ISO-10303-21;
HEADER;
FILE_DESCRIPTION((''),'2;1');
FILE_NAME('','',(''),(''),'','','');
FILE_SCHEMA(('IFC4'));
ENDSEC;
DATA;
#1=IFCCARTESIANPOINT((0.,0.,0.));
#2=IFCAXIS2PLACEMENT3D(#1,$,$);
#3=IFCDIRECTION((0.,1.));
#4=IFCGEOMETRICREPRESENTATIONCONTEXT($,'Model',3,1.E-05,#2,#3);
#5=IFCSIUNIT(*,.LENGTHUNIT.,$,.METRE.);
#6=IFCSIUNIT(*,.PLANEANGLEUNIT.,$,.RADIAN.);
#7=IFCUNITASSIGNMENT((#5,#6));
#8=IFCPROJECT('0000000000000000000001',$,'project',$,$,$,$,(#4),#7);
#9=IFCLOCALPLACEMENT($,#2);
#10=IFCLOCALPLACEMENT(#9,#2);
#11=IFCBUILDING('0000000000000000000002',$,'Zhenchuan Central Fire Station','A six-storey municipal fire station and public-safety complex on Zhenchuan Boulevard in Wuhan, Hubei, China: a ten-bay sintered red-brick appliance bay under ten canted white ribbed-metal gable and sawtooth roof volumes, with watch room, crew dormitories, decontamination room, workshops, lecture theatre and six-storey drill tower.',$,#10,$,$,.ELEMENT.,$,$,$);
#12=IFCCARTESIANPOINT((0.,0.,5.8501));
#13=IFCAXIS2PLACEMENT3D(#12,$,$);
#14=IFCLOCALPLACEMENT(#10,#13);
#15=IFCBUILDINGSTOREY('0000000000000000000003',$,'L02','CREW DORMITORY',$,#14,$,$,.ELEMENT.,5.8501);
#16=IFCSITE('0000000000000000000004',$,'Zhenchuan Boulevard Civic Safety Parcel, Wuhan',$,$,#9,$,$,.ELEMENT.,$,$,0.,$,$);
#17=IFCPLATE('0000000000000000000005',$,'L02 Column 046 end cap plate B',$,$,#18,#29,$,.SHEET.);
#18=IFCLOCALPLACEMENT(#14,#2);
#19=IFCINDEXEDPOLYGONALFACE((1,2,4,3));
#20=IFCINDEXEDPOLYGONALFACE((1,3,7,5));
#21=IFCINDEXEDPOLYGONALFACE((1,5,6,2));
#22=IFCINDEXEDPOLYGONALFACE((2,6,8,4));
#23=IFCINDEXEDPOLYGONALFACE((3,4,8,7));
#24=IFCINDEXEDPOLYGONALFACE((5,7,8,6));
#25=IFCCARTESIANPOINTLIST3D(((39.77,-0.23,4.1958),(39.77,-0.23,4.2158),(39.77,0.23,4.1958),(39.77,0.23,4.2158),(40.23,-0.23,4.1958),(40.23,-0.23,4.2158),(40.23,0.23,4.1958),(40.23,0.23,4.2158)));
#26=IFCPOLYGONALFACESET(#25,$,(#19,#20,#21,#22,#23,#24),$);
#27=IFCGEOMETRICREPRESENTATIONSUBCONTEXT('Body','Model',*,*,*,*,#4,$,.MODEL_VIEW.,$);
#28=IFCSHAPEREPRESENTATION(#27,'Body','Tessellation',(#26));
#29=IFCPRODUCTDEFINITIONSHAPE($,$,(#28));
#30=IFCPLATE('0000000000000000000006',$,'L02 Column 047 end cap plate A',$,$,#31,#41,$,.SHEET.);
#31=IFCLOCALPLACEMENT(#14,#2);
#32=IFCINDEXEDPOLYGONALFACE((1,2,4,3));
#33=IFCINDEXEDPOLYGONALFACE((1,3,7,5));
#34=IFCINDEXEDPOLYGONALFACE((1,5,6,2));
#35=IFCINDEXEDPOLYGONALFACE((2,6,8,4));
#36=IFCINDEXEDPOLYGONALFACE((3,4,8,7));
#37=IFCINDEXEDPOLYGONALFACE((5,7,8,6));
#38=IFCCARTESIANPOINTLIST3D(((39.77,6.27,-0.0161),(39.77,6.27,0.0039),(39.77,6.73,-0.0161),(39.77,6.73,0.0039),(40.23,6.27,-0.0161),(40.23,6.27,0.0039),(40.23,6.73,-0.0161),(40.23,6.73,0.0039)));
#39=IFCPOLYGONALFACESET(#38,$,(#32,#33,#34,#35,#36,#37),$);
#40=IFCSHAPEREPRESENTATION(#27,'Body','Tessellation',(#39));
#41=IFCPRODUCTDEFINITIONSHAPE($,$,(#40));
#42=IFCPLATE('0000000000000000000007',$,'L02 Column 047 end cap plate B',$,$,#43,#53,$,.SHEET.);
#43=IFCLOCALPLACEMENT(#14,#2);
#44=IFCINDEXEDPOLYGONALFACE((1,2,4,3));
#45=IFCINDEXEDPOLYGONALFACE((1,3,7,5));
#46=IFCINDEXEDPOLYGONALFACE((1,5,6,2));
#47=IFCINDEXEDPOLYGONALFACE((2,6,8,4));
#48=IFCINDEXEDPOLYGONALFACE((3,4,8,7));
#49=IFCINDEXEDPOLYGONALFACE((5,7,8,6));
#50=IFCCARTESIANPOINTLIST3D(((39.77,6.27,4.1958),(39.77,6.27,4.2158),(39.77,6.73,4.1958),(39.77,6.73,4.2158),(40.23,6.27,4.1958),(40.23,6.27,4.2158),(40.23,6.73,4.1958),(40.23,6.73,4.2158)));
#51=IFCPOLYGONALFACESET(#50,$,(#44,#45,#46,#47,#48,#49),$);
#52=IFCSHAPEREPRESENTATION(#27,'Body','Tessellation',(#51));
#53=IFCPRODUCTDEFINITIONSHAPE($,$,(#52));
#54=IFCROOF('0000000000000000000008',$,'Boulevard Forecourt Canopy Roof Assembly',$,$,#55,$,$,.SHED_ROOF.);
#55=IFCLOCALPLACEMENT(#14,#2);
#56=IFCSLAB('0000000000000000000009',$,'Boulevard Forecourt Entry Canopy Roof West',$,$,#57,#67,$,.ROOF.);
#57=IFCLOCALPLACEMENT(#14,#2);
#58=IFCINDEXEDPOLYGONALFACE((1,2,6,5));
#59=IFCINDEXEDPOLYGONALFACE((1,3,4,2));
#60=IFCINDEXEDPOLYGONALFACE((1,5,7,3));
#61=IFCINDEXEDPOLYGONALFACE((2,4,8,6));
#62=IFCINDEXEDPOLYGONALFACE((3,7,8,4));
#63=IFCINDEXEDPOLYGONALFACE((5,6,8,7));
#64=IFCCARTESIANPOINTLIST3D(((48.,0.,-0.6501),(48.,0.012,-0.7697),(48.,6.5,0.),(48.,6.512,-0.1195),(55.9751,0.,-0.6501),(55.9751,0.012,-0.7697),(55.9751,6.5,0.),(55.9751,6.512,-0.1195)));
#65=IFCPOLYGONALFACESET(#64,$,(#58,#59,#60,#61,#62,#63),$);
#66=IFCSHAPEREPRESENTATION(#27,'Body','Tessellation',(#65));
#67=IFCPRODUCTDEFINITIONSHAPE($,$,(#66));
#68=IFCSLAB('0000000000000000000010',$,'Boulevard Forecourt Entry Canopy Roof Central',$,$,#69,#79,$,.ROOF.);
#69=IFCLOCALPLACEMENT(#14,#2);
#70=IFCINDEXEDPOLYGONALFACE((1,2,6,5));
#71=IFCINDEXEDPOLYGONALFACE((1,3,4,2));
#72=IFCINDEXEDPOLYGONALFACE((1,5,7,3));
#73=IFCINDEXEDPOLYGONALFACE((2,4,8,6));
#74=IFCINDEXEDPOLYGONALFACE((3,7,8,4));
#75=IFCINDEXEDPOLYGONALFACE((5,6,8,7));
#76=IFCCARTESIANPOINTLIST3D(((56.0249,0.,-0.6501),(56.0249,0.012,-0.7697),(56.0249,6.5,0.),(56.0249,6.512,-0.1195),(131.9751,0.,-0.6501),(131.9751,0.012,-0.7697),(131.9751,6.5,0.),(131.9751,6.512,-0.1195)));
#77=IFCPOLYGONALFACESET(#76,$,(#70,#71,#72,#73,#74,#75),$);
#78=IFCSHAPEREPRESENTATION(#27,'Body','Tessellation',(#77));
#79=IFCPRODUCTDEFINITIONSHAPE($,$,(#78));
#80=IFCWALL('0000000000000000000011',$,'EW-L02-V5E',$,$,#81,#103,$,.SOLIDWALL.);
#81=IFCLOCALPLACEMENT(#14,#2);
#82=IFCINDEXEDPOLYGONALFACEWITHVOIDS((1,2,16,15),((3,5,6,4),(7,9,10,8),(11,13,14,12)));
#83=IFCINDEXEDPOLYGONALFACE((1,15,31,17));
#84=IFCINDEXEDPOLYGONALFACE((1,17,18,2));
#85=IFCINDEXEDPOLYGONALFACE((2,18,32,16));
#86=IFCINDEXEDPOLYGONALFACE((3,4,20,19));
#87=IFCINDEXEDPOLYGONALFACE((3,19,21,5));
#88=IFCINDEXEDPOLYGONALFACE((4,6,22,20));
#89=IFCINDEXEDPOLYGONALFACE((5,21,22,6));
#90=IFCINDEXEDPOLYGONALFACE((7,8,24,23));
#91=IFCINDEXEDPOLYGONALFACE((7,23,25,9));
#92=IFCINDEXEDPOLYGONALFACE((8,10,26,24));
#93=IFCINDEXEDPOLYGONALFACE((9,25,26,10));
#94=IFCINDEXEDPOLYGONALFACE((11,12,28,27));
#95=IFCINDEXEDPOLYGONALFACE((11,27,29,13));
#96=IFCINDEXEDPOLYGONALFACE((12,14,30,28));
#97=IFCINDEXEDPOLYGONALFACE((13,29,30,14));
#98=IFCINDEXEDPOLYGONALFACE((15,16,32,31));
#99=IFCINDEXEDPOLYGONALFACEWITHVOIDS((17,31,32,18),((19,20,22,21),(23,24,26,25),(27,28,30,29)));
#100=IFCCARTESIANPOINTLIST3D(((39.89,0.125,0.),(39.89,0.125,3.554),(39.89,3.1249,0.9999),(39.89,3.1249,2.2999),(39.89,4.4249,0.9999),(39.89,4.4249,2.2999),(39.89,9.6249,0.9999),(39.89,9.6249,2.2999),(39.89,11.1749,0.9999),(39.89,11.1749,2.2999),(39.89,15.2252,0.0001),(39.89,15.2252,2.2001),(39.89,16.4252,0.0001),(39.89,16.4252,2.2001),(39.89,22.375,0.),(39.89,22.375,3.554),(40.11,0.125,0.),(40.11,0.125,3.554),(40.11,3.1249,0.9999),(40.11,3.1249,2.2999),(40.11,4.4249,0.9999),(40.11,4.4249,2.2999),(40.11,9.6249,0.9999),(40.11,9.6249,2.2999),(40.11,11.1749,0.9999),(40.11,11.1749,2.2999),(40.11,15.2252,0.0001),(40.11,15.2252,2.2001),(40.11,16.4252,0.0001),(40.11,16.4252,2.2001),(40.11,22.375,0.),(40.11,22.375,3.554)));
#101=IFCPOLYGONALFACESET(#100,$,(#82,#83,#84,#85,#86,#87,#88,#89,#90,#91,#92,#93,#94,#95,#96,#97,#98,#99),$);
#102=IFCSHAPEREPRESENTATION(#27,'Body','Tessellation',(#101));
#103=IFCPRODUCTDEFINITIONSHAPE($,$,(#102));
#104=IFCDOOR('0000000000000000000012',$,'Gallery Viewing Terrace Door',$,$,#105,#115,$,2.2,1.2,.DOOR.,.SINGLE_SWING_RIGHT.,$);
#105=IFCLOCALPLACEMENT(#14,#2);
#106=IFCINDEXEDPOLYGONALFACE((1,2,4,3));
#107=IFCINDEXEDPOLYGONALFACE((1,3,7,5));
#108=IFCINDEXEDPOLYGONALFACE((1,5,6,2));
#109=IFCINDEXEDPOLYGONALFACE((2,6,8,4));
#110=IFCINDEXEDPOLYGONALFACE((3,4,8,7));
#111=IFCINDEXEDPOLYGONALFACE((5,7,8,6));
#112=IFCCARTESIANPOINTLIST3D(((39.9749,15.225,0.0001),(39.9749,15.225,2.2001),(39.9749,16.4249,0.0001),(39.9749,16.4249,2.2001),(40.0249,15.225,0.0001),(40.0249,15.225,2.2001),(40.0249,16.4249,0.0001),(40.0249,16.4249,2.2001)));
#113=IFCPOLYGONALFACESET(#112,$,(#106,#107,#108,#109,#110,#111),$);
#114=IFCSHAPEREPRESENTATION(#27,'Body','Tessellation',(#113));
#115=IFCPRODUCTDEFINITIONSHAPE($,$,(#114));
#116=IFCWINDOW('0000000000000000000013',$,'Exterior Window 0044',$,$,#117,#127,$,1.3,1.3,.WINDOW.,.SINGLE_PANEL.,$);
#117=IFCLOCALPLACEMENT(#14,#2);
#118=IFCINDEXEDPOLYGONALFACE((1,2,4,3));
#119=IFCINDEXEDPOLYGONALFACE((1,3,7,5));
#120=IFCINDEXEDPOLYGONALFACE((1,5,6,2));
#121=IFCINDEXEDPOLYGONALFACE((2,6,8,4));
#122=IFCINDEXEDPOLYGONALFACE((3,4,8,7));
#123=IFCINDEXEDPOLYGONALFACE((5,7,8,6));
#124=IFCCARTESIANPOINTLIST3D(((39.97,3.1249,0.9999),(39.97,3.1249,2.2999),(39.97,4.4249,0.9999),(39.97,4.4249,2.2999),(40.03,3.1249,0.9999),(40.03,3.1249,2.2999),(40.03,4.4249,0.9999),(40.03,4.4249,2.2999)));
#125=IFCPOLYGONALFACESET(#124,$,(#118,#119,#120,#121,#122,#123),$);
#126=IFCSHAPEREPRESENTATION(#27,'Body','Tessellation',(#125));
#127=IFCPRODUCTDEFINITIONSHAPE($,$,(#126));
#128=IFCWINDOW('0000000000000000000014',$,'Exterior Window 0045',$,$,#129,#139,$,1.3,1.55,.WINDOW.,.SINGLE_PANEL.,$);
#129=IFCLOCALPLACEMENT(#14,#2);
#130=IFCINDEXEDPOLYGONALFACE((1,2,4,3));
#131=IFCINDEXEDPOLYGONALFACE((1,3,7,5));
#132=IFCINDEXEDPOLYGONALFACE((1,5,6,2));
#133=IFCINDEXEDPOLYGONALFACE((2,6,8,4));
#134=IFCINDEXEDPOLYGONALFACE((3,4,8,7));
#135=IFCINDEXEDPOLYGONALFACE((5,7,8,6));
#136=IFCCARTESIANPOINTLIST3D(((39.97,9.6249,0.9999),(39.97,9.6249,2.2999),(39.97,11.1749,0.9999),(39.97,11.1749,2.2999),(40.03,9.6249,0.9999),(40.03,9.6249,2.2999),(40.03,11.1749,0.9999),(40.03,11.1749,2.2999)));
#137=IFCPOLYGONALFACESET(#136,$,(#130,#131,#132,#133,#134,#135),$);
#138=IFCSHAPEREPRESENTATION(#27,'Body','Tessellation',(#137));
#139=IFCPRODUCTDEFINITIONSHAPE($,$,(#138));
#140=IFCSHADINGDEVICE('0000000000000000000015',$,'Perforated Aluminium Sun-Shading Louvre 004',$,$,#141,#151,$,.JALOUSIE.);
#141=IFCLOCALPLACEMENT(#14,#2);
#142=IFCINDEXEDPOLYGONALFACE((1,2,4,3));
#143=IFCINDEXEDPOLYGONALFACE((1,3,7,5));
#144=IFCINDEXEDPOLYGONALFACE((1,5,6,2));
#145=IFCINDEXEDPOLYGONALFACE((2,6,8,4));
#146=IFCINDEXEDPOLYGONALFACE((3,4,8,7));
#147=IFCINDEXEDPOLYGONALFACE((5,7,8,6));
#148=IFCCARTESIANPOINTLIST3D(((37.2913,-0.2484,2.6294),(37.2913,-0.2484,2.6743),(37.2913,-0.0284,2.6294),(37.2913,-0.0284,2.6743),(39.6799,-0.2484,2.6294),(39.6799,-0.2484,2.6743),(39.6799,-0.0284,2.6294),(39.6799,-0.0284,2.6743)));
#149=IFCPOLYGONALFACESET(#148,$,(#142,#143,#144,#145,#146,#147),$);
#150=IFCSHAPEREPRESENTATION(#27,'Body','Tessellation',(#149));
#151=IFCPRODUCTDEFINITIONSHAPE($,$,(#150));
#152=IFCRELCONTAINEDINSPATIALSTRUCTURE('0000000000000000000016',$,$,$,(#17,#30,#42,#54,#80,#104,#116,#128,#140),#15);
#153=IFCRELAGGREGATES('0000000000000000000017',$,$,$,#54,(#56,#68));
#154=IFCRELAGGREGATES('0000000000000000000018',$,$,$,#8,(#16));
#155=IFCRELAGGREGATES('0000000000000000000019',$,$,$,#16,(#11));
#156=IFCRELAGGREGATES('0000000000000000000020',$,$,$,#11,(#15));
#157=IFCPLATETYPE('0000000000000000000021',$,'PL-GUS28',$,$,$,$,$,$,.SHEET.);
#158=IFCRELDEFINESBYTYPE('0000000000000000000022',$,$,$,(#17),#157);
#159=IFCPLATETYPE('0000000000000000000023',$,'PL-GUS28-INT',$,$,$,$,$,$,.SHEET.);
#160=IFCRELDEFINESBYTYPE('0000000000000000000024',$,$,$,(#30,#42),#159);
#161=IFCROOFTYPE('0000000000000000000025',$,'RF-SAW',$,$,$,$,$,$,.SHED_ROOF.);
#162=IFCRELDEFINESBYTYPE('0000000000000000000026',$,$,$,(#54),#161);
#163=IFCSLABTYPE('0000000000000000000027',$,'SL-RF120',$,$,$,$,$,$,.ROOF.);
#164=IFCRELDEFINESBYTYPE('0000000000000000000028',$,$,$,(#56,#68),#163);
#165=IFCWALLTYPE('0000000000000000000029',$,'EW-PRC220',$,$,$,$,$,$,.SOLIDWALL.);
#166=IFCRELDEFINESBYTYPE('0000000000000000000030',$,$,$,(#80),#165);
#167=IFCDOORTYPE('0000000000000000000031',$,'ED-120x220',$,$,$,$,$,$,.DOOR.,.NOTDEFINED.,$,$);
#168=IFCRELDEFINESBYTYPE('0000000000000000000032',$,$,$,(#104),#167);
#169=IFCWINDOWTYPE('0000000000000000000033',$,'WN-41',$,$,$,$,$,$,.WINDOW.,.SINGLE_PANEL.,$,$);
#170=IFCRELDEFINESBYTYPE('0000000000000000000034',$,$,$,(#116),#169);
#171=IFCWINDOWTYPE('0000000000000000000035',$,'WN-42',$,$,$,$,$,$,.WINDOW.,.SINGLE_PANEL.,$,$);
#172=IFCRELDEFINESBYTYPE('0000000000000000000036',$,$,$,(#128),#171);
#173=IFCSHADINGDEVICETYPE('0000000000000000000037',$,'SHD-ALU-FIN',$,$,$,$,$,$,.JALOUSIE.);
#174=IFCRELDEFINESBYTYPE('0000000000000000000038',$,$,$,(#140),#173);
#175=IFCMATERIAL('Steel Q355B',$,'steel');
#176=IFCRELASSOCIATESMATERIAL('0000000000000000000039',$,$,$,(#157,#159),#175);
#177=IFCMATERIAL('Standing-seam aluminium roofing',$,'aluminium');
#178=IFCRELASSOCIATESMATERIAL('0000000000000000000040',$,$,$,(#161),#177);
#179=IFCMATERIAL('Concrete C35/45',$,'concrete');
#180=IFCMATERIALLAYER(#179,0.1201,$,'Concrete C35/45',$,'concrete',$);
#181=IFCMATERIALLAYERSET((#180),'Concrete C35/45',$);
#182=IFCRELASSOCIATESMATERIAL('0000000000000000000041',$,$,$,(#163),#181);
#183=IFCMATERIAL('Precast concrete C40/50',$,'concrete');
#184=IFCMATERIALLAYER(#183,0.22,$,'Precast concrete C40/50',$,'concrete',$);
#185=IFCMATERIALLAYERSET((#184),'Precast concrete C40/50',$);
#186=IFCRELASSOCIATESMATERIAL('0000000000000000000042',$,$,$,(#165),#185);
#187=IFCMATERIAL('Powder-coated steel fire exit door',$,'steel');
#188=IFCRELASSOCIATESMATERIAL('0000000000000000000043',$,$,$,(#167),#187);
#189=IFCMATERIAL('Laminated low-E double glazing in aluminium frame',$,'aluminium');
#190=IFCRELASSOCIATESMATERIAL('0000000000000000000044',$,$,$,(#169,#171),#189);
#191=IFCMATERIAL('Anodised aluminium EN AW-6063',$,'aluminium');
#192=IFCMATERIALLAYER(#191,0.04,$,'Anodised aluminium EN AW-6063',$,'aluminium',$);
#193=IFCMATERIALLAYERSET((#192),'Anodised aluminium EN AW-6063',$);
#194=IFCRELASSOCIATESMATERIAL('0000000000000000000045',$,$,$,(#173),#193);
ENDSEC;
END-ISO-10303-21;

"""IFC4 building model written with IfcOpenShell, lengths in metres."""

from ifc_helpers import new_model, si_unit, direction, frame, frame_2d, origin, origin_2d, place, context, subcontext, project, spatial, polyline, rectangle, outline, extrude, material, layer, layer_set, material_profile, profile_set, type_object, element, fill, aggregate, save


model = new_model("IFC4")

# Units and contexts
model_context = context("Model", 3, precision=1e-05, world=origin(), true_north=direction((0.0, 1.0)))
body_context = subcontext(model_context, "Body", "Model", "MODEL_VIEW")
ifc_project = project(units=[si_unit("LENGTHUNIT", "METRE"), si_unit("PLANEANGLEUNIT", "RADIAN")], contexts=[model_context])

# Site, building, storey
site_placement = place(None, origin())
site = spatial("IfcSite", under=ifc_project, at=site_placement, Name="Zhenchuan Boulevard Civic Safety Parcel, Wuhan", CompositionType="ELEMENT", RefElevation=0.0)
building_placement = place(site_placement, origin())
building = spatial("IfcBuilding", under=site, at=building_placement, Name="Zhenchuan Central Fire Station", Description="A six-storey municipal fire station and public-safety complex on Zhenchuan Boulevard in Wuhan, Hubei, China: a ten-bay sintered red-brick appliance bay under ten canted white ribbed-metal gable and sawtooth roof volumes, with watch room, crew dormitories, decontamination room, workshops, lecture theatre and six-storey drill tower.", CompositionType="ELEMENT")
storey_placement = place(building_placement, frame((0.0, 0.0, 5.8501)))
storey = spatial("IfcBuildingStorey", under=building, at=storey_placement, Name="L02", Description="CREW DORMITORY", CompositionType="ELEMENT", Elevation=5.8501)

# Shared definitions
ifc_material_1 = material(Name="Steel Q355B", Category="steel")

# Shared definitions
ifc_material_2 = material(Name="Anodised aluminium EN AW-6063", Category="aluminium")

# Plates
ifc_material_profile_1 = material_profile(ifc_material_1, rectangle(XDim=0.46, YDim=0.46, at=origin_2d()), Name="PL 460x460x28")
ifc_profile_set_1 = profile_set([ifc_material_profile_1], Name="Steel Q355B")
plate_type_1 = type_object("IfcPlateType", Name="PL-GUS28", PredefinedType="SHEET", material=ifc_profile_set_1)
for number, where, z_axis, x_axis, name in (
    (1, (40.0, 0.0, 4.1958), (0.0, 0.0, 1.0), (1.0, 0.0, 0.0), "L02 Column 046 end cap plate B"),
):
    element("IfcPlate", number, at=place(storey_placement, frame(where, z_axis=z_axis, x_axis=x_axis)), inside=storey, type_object=plate_type_1, Name=name, PredefinedType="SHEET", context=body_context, shape_type="SweptSolid", body=[
        extrude(rectangle(XDim=0.46, YDim=0.46, at=origin_2d()), origin(), (0.0, 0.0, 1.0), 0.02),
    ])
ifc_material_profile_2 = material_profile(ifc_material_1, rectangle(XDim=0.46, YDim=0.46, at=origin_2d()), Name="PL 460x460x28")
ifc_profile_set_2 = profile_set([ifc_material_profile_2], Name="Steel Q355B")
plate_type_2 = type_object("IfcPlateType", Name="PL-GUS28-INT", PredefinedType="SHEET", material=ifc_profile_set_2)
for number, where, z_axis, x_axis, name in (
    (2, (40.0, 6.5, -0.0161), (0.0, 0.0, 1.0), (1.0, 0.0, 0.0), "L02 Column 047 end cap plate A"),
    (3, (40.0, 6.5, 4.1958), (0.0, 0.0, 1.0), (1.0, 0.0, 0.0), "L02 Column 047 end cap plate B"),
):
    element("IfcPlate", number, at=place(storey_placement, frame(where, z_axis=z_axis, x_axis=x_axis)), inside=storey, type_object=plate_type_2, Name=name, PredefinedType="SHEET", context=body_context, shape_type="SweptSolid", body=[
        extrude(rectangle(XDim=0.46, YDim=0.46, at=origin_2d()), origin(), (0.0, 0.0, 1.0), 0.02),
    ])

# Roof, slabs
ifc_material_3 = material(Name="Standing-seam aluminium roofing", Category="aluminium")
roof_type = type_object("IfcRoofType", Name="RF-SAW", PredefinedType="SHED_ROOF", material=ifc_material_3)
roof_placement = place(storey_placement, origin())
roof = element("IfcRoof", 4, at=roof_placement, inside=storey, type_object=roof_type, Name="Boulevard Forecourt Canopy Roof Assembly", PredefinedType="SHED_ROOF")
ifc_material_4 = material(Name="Concrete C35/45", Category="concrete")
ifc_layer_1 = layer(ifc_material_4, 0.1201, Name="Concrete C35/45", Category="concrete")
ifc_layer_set_1 = layer_set([ifc_layer_1], Name="Concrete C35/45")
slab_type = type_object("IfcSlabType", Name="SL-RF120", PredefinedType="ROOF", material=ifc_layer_set_1)
slab_1_placement = place(storey_placement, frame((48.0, 0.0, -0.6501), z_axis=(0.0, -0.099526, 0.995035), x_axis=(1.0, 0.0, 0.0)))
slab_1 = element("IfcSlab", 5, at=slab_1_placement, type_object=slab_type, Name="Boulevard Forecourt Entry Canopy Roof West", PredefinedType="ROOF", context=body_context, shape_type="SweptSolid", body=[
    extrude(outline(polyline([(0.0, 0.0), (7.9751, 0.0), (7.9751, 6.5324), (0.0, 6.5324), (0.0, 0.0)])), origin(), (0.0, 0.0, -1.0), 0.1201),
])
slab_2_placement = place(storey_placement, frame((56.0249, 0.0, -0.6501), z_axis=(0.0, -0.099526, 0.995035), x_axis=(1.0, 0.0, 0.0)))
slab_2 = element("IfcSlab", 6, at=slab_2_placement, type_object=slab_type, Name="Boulevard Forecourt Entry Canopy Roof Central", PredefinedType="ROOF", context=body_context, shape_type="SweptSolid", body=[
    extrude(outline(polyline([(0.0, 0.0), (75.9502, 0.0), (75.9502, 6.5324), (0.0, 6.5324), (0.0, 0.0)])), origin(), (0.0, 0.0, -1.0), 0.1201),
])
aggregate(roof, [slab_1, slab_2])

# Wall, openings, door, windows
ifc_material_5 = material(Name="Precast concrete C40/50", Category="concrete")
ifc_layer_2 = layer(ifc_material_5, 0.22, Name="Precast concrete C40/50", Category="concrete")
ifc_layer_set_2 = layer_set([ifc_layer_2], Name="Precast concrete C40/50")
wall_type = type_object("IfcWallType", Name="EW-PRC220", PredefinedType="SOLIDWALL", material=ifc_layer_set_2)
wall_placement = place(storey_placement, frame((40.0, 0.125, 0.0), z_axis=(0.0, 0.0, 1.0), x_axis=(0.0, 1.0, 0.0)))
wall = element("IfcWall", 7, at=wall_placement, inside=storey, type_object=wall_type, Name="EW-L02-V5E", PredefinedType="SOLIDWALL", context=body_context, shape_type="SweptSolid", body=[
    extrude(rectangle(XDim=22.25, YDim=0.22, at=frame_2d((11.125, 0.0))), origin(), (0.0, 0.0, 1.0), 3.554),
])
opening_1_placement = place(wall_placement, frame((15.1001, 0.0, 0.0)))
opening_1 = element("IfcOpeningElement", 8, at=opening_1_placement, cuts=wall, PredefinedType="OPENING", context=body_context, shape_type="SweptSolid", body=[
    extrude(rectangle(XDim=1.2, YDim=2.2, at=frame_2d((0.6001, 1.1001))), frame((0.0, 0.1199, 0.0), z_axis=(0.0, -1.0, 0.0), x_axis=(1.0, 0.0, 0.0)), (0.0, 0.0, 1.0), 0.24),
])
opening_2_placement = place(wall_placement, frame((3.0, 0.0, 1.0)))
opening_2 = element("IfcOpeningElement", 9, at=opening_2_placement, cuts=wall, PredefinedType="OPENING", context=body_context, shape_type="SweptSolid", body=[
    extrude(rectangle(XDim=1.3, YDim=1.3, at=frame_2d((0.6499, 0.6499))), frame((0.0, 0.1199, 0.0), z_axis=(0.0, -1.0, 0.0), x_axis=(1.0, 0.0, 0.0)), (0.0, 0.0, 1.0), 0.24),
])
opening_3_placement = place(wall_placement, frame((9.5, 0.0, 1.0)))
opening_3 = element("IfcOpeningElement", 10, at=opening_3_placement, cuts=wall, PredefinedType="OPENING", context=body_context, shape_type="SweptSolid", body=[
    extrude(rectangle(XDim=1.55, YDim=1.3, at=frame_2d((0.7749, 0.6499))), frame((0.0, 0.1199, 0.0), z_axis=(0.0, -1.0, 0.0), x_axis=(1.0, 0.0, 0.0)), (0.0, 0.0, 1.0), 0.24),
])
ifc_material_6 = material(Name="Powder-coated steel fire exit door", Category="steel")
door_type = type_object("IfcDoorType", Name="ED-120x220", OperationType="NOTDEFINED", PredefinedType="DOOR", material=ifc_material_6)
door_placement = place(opening_1_placement, frame((1.2, 0.0, 0.0), z_axis=(0.0, 0.0, 1.0), x_axis=(-1.0, 0.0, 0.0)))
door = element("IfcDoor", 11, at=door_placement, inside=storey, type_object=door_type, Name="Gallery Viewing Terrace Door", OperationType="SINGLE_SWING_RIGHT", OverallHeight=2.2, OverallWidth=1.2, PredefinedType="DOOR", context=body_context, shape_type="SweptSolid", body=[
    extrude(rectangle(XDim=1.2, YDim=2.2, at=frame_2d((0.6001, 1.1001))), frame((0.0, 0.0249, 0.0), z_axis=(0.0, -1.0, 0.0), x_axis=(1.0, 0.0, 0.0)), (0.0, 0.0, 1.0), 0.05),
])
fill(opening_1, door)
ifc_material_7 = material(Name="Laminated low-E double glazing in aluminium frame", Category="aluminium")
window_type_1 = type_object("IfcWindowType", Name="WN-41", PartitioningType="SINGLE_PANEL", PredefinedType="WINDOW", material=ifc_material_7)
window_1_placement = place(opening_2_placement, origin())
window_1 = element("IfcWindow", 12, at=window_1_placement, inside=storey, type_object=window_type_1, Name="Exterior Window 0044", OverallHeight=1.3, OverallWidth=1.3, PartitioningType="SINGLE_PANEL", PredefinedType="WINDOW", context=body_context, shape_type="SweptSolid", body=[
    extrude(rectangle(XDim=1.3, YDim=1.3, at=frame_2d((0.6499, 0.6499))), frame((0.0, 0.03, 0.0), z_axis=(0.0, -1.0, 0.0), x_axis=(1.0, 0.0, 0.0)), (0.0, 0.0, 1.0), 0.0601),
])
fill(opening_2, window_1)
window_type_2 = type_object("IfcWindowType", Name="WN-42", PartitioningType="SINGLE_PANEL", PredefinedType="WINDOW", material=ifc_material_7)
window_2_placement = place(opening_3_placement, origin())
window_2 = element("IfcWindow", 13, at=window_2_placement, inside=storey, type_object=window_type_2, Name="Exterior Window 0045", OverallHeight=1.3, OverallWidth=1.55, PartitioningType="SINGLE_PANEL", PredefinedType="WINDOW", context=body_context, shape_type="SweptSolid", body=[
    extrude(rectangle(XDim=1.55, YDim=1.3, at=frame_2d((0.7749, 0.6499))), frame((0.0, 0.03, 0.0), z_axis=(0.0, -1.0, 0.0), x_axis=(1.0, 0.0, 0.0)), (0.0, 0.0, 1.0), 0.0601),
])
fill(opening_3, window_2)

# Shading device
ifc_layer_3 = layer(ifc_material_2, 0.04, Name="Anodised aluminium EN AW-6063", Category="aluminium")
ifc_layer_set_3 = layer_set([ifc_layer_3], Name="Anodised aluminium EN AW-6063")
shading_device_type = type_object("IfcShadingDeviceType", Name="SHD-ALU-FIN", PredefinedType="JALOUSIE", material=ifc_layer_set_3)
shading_device_placement = place(storey_placement, frame((38.4856, -0.1384, 2.6294), z_axis=(0.0, 0.0, 1.0), x_axis=(1.0, 0.0, 0.0)))
element("IfcShadingDevice", 14, at=shading_device_placement, inside=storey, type_object=shading_device_type, Name="Perforated Aluminium Sun-Shading Louvre 004", PredefinedType="JALOUSIE", context=body_context, shape_type="SweptSolid", body=[
    extrude(rectangle(XDim=2.3887, YDim=0.22, at=origin_2d()), origin(), (0.0, 0.0, 1.0), 0.0449),
])

save(model, "model.ifc")
